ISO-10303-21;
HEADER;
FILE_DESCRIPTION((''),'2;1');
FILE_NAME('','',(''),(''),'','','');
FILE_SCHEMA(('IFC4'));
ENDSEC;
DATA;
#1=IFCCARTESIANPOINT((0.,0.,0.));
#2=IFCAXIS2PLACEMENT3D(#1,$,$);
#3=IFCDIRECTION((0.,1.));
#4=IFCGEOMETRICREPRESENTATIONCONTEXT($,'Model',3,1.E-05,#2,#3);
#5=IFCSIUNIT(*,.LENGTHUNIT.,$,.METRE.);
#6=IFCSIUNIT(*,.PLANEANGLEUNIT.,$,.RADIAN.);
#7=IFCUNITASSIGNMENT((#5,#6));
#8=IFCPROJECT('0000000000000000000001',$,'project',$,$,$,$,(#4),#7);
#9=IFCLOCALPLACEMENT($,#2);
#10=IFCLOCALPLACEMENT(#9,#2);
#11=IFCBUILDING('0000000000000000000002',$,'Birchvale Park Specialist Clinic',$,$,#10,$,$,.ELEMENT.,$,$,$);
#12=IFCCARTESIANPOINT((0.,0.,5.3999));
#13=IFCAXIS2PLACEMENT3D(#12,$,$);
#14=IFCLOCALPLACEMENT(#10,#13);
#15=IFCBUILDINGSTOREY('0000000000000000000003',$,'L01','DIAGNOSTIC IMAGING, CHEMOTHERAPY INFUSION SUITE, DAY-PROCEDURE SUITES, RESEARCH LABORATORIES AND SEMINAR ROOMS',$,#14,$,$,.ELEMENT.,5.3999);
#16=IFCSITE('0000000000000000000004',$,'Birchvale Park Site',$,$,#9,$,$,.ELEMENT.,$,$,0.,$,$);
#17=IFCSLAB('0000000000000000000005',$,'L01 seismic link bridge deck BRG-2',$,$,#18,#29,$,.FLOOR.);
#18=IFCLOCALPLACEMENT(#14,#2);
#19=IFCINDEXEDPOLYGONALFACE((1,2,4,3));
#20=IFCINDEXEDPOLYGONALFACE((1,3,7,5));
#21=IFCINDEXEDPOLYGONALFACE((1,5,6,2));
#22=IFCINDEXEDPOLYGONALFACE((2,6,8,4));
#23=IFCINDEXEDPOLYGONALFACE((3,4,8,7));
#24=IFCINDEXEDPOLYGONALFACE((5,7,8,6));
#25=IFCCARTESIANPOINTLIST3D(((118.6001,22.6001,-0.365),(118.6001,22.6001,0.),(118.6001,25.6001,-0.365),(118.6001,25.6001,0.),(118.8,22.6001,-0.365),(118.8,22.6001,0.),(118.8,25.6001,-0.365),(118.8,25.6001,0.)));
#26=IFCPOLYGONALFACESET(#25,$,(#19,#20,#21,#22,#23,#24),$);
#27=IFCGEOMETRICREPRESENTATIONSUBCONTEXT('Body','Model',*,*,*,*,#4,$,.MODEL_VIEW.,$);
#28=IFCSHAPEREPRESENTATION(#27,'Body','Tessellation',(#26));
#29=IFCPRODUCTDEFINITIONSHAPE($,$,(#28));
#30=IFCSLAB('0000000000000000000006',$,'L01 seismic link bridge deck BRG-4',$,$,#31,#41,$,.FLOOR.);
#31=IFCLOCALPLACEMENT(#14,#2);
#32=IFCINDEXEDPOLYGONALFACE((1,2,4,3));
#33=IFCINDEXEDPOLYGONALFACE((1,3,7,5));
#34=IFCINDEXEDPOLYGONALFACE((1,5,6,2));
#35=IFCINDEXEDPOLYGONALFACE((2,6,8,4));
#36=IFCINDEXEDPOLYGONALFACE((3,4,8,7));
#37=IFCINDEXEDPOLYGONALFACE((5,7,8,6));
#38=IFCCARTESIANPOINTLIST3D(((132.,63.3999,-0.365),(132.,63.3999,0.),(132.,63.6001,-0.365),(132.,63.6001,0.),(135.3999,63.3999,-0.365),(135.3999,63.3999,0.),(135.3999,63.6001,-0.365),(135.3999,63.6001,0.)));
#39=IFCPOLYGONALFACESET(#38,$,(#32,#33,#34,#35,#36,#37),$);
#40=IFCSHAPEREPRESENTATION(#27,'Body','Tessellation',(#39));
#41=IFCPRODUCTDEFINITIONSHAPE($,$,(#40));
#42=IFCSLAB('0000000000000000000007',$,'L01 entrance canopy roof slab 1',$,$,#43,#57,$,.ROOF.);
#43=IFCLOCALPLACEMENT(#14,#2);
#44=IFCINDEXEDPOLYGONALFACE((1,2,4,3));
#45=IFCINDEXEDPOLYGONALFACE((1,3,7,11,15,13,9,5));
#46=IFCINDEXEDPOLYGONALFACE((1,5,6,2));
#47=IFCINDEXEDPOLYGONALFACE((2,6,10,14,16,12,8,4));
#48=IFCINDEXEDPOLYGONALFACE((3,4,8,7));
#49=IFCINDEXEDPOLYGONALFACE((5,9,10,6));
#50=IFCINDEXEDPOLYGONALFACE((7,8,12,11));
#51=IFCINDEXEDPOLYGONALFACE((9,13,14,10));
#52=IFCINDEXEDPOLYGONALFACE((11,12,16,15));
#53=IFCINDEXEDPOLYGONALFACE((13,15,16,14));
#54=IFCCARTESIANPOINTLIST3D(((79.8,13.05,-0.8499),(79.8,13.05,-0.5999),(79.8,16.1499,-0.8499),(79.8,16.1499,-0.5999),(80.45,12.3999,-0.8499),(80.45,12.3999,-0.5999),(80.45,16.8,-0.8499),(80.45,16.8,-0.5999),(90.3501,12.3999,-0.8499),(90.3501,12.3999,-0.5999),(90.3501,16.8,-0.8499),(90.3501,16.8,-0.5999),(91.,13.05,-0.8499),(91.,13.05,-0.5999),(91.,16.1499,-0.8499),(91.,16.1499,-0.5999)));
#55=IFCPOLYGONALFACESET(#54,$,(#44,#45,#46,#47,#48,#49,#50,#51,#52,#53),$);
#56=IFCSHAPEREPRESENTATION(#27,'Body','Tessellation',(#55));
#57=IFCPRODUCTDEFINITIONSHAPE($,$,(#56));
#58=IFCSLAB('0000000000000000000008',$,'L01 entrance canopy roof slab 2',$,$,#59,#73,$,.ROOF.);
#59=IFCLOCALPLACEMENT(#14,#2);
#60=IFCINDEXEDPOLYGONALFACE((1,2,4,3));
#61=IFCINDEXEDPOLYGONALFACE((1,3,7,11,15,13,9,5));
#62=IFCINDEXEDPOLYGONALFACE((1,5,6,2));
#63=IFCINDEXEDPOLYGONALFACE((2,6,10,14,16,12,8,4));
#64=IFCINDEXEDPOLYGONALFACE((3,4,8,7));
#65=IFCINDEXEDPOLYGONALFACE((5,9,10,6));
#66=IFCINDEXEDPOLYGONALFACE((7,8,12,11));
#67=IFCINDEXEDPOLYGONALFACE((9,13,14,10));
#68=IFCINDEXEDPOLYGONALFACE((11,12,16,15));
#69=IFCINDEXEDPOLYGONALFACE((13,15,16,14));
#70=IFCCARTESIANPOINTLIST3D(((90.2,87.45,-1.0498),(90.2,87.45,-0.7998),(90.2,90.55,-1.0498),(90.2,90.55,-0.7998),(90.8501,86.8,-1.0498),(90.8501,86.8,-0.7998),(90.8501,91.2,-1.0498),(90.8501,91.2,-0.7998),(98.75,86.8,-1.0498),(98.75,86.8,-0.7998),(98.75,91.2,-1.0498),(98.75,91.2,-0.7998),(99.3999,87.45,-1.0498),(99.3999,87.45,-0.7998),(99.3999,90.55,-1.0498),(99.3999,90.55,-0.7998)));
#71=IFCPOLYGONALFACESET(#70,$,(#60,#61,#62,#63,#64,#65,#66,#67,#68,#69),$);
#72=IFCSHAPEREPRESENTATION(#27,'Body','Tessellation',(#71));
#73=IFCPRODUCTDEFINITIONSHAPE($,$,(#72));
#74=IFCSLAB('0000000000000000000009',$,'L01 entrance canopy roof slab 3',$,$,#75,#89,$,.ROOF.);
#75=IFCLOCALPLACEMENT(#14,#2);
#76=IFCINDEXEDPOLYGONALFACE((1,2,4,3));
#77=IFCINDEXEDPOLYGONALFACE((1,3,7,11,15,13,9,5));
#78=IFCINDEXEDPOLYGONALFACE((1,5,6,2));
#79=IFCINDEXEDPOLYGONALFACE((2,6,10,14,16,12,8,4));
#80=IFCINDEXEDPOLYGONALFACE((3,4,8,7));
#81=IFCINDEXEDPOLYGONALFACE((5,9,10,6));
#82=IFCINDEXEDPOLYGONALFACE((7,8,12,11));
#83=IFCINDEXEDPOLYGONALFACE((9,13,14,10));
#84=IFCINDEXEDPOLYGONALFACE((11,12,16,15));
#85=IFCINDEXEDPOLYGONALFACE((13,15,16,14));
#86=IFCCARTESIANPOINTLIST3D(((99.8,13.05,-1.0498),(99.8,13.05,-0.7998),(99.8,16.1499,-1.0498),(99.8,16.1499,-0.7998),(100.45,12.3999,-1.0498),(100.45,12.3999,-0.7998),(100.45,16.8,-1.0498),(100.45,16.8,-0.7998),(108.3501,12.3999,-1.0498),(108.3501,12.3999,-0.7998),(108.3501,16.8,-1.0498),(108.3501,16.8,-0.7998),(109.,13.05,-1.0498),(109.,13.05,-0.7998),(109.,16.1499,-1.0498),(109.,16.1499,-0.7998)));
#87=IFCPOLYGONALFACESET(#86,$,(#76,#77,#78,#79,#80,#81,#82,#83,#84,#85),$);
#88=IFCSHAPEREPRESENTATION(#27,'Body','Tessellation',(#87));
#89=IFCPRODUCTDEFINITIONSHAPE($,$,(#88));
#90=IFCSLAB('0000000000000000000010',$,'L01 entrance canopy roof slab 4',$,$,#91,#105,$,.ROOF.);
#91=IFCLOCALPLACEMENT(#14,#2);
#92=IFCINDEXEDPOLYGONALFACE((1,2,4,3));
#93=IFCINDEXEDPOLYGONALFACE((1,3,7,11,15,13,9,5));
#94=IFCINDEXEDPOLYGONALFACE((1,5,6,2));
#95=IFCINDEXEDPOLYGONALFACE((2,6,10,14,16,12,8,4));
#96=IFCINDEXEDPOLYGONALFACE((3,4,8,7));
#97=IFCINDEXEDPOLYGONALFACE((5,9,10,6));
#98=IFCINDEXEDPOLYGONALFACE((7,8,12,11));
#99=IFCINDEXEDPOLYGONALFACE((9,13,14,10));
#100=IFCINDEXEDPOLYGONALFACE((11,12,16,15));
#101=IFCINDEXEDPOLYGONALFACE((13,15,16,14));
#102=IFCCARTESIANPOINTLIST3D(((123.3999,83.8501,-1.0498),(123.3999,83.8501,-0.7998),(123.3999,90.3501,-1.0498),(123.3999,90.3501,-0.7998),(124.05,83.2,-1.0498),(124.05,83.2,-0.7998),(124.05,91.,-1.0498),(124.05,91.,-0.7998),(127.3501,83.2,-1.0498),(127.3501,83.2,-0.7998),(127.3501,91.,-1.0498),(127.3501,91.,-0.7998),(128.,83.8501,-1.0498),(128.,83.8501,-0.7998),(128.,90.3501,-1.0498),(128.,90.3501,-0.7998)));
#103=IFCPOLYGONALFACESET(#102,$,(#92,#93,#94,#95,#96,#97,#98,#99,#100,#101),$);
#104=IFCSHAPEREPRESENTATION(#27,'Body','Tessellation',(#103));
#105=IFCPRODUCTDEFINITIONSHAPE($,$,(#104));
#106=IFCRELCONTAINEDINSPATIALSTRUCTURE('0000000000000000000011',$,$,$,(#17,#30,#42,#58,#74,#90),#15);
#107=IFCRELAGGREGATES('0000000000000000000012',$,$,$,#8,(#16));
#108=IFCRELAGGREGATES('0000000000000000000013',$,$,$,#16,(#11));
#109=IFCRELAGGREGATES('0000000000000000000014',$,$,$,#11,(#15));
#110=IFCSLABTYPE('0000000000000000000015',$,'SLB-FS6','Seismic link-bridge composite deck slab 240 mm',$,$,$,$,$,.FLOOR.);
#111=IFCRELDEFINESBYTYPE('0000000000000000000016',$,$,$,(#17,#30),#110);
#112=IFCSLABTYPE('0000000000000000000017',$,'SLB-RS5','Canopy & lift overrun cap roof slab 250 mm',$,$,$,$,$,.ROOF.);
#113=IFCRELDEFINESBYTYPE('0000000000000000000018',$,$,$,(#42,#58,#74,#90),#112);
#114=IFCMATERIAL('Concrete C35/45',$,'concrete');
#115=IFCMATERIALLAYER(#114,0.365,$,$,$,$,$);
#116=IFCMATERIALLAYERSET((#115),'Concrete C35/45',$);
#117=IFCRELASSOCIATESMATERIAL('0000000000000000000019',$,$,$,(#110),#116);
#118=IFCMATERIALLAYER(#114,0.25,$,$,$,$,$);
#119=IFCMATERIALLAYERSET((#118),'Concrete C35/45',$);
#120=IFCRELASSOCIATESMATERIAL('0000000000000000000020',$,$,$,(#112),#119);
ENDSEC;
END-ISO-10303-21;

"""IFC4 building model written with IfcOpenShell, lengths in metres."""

from ifc_helpers import new_model, si_unit, direction, frame, origin, place, context, subcontext, project, spatial, polyline, outline, extrude, material, layer, layer_set, type_object, element, save


model = new_model("IFC4")

# Units and contexts
model_context = context("Model", 3, precision=1e-05, world=origin(), true_north=direction((0.0, 1.0)))
body_context = subcontext(model_context, "Body", "Model", "MODEL_VIEW")
ifc_project = project(units=[si_unit("LENGTHUNIT", "METRE"), si_unit("PLANEANGLEUNIT", "RADIAN")], contexts=[model_context])

# Site, building, storey
site_placement = place(None, origin())
site = spatial("IfcSite", under=ifc_project, at=site_placement, Name="Birchvale Park Site", CompositionType="ELEMENT", RefElevation=0.0)
building_placement = place(site_placement, origin())
building = spatial("IfcBuilding", under=site, at=building_placement, Name="Birchvale Park Specialist Clinic", CompositionType="ELEMENT")
storey_placement = place(building_placement, frame((0.0, 0.0, 5.3999)))
storey = spatial("IfcBuildingStorey", under=building, at=storey_placement, Name="L01", Description="DIAGNOSTIC IMAGING, CHEMOTHERAPY INFUSION SUITE, DAY-PROCEDURE SUITES, RESEARCH LABORATORIES AND SEMINAR ROOMS", CompositionType="ELEMENT", Elevation=5.3999)

# Slabs
ifc_material = material(Name="Concrete C35/45", Category="concrete")
ifc_layer_1 = layer(ifc_material, 0.365)
ifc_layer_set_1 = layer_set([ifc_layer_1], Name="Concrete C35/45")
slab_type_1 = type_object("IfcSlabType", Name="SLB-FS6", Description="Seismic link-bridge composite deck slab 240 mm", PredefinedType="FLOOR", material=ifc_layer_set_1)
slab_1_placement = place(storey_placement, frame((0.0, 0.0, -0.365)))
element("IfcSlab", 1, at=slab_1_placement, inside=storey, type_object=slab_type_1, Name="L01 seismic link bridge deck BRG-2", PredefinedType="FLOOR", context=body_context, shape_type="SweptSolid", body=[
    extrude(outline(polyline([(118.6001, 22.6001), (118.8, 22.6001), (118.8, 25.6001), (118.6001, 25.6001), (118.6001, 22.6001)])), origin(), (0.0, 0.0, 1.0), 0.365),
])
slab_2_placement = place(storey_placement, frame((0.0, 0.0, -0.365)))
element("IfcSlab", 2, at=slab_2_placement, inside=storey, type_object=slab_type_1, Name="L01 seismic link bridge deck BRG-4", PredefinedType="FLOOR", context=body_context, shape_type="SweptSolid", body=[
    extrude(outline(polyline([(132.0, 63.3999), (135.3999, 63.3999), (135.3999, 63.6001), (132.0, 63.6001), (132.0, 63.3999)])), origin(), (0.0, 0.0, 1.0), 0.365),
])
ifc_layer_2 = layer(ifc_material, 0.25)
ifc_layer_set_2 = layer_set([ifc_layer_2], Name="Concrete C35/45")
slab_type_2 = type_object("IfcSlabType", Name="SLB-RS5", Description="Canopy & lift overrun cap roof slab 250 mm", PredefinedType="ROOF", material=ifc_layer_set_2)
slab_3_placement = place(storey_placement, frame((0.0, 0.0, -0.8499)))
element("IfcSlab", 3, at=slab_3_placement, inside=storey, type_object=slab_type_2, Name="L01 entrance canopy roof slab 1", PredefinedType="ROOF", context=body_context, shape_type="SweptSolid", body=[
    extrude(outline(polyline([(80.45, 12.3999), (90.3501, 12.3999), (91.0, 13.05), (91.0, 16.1499), (90.3501, 16.8), (80.45, 16.8), (79.8, 16.1499), (79.8, 13.05), (80.45, 12.3999)])), origin(), (0.0, 0.0, 1.0), 0.25),
])
slab_4_placement = place(storey_placement, frame((0.0, 0.0, -1.0498)))
element("IfcSlab", 4, at=slab_4_placement, inside=storey, type_object=slab_type_2, Name="L01 entrance canopy roof slab 2", PredefinedType="ROOF", context=body_context, shape_type="SweptSolid", body=[
    extrude(outline(polyline([(90.8501, 86.8), (98.75, 86.8), (99.3999, 87.45), (99.3999, 90.55), (98.75, 91.2), (90.8501, 91.2), (90.2, 90.55), (90.2, 87.45), (90.8501, 86.8)])), origin(), (0.0, 0.0, 1.0), 0.25),
])
slab_5_placement = place(storey_placement, frame((0.0, 0.0, -1.0498)))
element("IfcSlab", 5, at=slab_5_placement, inside=storey, type_object=slab_type_2, Name="L01 entrance canopy roof slab 3", PredefinedType="ROOF", context=body_context, shape_type="SweptSolid", body=[
    extrude(outline(polyline([(100.45, 12.3999), (108.3501, 12.3999), (109.0, 13.05), (109.0, 16.1499), (108.3501, 16.8), (100.45, 16.8), (99.8, 16.1499), (99.8, 13.05), (100.45, 12.3999)])), origin(), (0.0, 0.0, 1.0), 0.25),
])
slab_6_placement = place(storey_placement, frame((0.0, 0.0, -1.0498)))
element("IfcSlab", 6, at=slab_6_placement, inside=storey, type_object=slab_type_2, Name="L01 entrance canopy roof slab 4", PredefinedType="ROOF", context=body_context, shape_type="SweptSolid", body=[
    extrude(outline(polyline([(124.05, 83.2), (127.3501, 83.2), (128.0, 83.8501), (128.0, 90.3501), (127.3501, 91.0), (124.05, 91.0), (123.3999, 90.3501), (123.3999, 83.8501), (124.05, 83.2)])), origin(), (0.0, 0.0, 1.0), 0.25),
])

save(model, "model.ifc")
